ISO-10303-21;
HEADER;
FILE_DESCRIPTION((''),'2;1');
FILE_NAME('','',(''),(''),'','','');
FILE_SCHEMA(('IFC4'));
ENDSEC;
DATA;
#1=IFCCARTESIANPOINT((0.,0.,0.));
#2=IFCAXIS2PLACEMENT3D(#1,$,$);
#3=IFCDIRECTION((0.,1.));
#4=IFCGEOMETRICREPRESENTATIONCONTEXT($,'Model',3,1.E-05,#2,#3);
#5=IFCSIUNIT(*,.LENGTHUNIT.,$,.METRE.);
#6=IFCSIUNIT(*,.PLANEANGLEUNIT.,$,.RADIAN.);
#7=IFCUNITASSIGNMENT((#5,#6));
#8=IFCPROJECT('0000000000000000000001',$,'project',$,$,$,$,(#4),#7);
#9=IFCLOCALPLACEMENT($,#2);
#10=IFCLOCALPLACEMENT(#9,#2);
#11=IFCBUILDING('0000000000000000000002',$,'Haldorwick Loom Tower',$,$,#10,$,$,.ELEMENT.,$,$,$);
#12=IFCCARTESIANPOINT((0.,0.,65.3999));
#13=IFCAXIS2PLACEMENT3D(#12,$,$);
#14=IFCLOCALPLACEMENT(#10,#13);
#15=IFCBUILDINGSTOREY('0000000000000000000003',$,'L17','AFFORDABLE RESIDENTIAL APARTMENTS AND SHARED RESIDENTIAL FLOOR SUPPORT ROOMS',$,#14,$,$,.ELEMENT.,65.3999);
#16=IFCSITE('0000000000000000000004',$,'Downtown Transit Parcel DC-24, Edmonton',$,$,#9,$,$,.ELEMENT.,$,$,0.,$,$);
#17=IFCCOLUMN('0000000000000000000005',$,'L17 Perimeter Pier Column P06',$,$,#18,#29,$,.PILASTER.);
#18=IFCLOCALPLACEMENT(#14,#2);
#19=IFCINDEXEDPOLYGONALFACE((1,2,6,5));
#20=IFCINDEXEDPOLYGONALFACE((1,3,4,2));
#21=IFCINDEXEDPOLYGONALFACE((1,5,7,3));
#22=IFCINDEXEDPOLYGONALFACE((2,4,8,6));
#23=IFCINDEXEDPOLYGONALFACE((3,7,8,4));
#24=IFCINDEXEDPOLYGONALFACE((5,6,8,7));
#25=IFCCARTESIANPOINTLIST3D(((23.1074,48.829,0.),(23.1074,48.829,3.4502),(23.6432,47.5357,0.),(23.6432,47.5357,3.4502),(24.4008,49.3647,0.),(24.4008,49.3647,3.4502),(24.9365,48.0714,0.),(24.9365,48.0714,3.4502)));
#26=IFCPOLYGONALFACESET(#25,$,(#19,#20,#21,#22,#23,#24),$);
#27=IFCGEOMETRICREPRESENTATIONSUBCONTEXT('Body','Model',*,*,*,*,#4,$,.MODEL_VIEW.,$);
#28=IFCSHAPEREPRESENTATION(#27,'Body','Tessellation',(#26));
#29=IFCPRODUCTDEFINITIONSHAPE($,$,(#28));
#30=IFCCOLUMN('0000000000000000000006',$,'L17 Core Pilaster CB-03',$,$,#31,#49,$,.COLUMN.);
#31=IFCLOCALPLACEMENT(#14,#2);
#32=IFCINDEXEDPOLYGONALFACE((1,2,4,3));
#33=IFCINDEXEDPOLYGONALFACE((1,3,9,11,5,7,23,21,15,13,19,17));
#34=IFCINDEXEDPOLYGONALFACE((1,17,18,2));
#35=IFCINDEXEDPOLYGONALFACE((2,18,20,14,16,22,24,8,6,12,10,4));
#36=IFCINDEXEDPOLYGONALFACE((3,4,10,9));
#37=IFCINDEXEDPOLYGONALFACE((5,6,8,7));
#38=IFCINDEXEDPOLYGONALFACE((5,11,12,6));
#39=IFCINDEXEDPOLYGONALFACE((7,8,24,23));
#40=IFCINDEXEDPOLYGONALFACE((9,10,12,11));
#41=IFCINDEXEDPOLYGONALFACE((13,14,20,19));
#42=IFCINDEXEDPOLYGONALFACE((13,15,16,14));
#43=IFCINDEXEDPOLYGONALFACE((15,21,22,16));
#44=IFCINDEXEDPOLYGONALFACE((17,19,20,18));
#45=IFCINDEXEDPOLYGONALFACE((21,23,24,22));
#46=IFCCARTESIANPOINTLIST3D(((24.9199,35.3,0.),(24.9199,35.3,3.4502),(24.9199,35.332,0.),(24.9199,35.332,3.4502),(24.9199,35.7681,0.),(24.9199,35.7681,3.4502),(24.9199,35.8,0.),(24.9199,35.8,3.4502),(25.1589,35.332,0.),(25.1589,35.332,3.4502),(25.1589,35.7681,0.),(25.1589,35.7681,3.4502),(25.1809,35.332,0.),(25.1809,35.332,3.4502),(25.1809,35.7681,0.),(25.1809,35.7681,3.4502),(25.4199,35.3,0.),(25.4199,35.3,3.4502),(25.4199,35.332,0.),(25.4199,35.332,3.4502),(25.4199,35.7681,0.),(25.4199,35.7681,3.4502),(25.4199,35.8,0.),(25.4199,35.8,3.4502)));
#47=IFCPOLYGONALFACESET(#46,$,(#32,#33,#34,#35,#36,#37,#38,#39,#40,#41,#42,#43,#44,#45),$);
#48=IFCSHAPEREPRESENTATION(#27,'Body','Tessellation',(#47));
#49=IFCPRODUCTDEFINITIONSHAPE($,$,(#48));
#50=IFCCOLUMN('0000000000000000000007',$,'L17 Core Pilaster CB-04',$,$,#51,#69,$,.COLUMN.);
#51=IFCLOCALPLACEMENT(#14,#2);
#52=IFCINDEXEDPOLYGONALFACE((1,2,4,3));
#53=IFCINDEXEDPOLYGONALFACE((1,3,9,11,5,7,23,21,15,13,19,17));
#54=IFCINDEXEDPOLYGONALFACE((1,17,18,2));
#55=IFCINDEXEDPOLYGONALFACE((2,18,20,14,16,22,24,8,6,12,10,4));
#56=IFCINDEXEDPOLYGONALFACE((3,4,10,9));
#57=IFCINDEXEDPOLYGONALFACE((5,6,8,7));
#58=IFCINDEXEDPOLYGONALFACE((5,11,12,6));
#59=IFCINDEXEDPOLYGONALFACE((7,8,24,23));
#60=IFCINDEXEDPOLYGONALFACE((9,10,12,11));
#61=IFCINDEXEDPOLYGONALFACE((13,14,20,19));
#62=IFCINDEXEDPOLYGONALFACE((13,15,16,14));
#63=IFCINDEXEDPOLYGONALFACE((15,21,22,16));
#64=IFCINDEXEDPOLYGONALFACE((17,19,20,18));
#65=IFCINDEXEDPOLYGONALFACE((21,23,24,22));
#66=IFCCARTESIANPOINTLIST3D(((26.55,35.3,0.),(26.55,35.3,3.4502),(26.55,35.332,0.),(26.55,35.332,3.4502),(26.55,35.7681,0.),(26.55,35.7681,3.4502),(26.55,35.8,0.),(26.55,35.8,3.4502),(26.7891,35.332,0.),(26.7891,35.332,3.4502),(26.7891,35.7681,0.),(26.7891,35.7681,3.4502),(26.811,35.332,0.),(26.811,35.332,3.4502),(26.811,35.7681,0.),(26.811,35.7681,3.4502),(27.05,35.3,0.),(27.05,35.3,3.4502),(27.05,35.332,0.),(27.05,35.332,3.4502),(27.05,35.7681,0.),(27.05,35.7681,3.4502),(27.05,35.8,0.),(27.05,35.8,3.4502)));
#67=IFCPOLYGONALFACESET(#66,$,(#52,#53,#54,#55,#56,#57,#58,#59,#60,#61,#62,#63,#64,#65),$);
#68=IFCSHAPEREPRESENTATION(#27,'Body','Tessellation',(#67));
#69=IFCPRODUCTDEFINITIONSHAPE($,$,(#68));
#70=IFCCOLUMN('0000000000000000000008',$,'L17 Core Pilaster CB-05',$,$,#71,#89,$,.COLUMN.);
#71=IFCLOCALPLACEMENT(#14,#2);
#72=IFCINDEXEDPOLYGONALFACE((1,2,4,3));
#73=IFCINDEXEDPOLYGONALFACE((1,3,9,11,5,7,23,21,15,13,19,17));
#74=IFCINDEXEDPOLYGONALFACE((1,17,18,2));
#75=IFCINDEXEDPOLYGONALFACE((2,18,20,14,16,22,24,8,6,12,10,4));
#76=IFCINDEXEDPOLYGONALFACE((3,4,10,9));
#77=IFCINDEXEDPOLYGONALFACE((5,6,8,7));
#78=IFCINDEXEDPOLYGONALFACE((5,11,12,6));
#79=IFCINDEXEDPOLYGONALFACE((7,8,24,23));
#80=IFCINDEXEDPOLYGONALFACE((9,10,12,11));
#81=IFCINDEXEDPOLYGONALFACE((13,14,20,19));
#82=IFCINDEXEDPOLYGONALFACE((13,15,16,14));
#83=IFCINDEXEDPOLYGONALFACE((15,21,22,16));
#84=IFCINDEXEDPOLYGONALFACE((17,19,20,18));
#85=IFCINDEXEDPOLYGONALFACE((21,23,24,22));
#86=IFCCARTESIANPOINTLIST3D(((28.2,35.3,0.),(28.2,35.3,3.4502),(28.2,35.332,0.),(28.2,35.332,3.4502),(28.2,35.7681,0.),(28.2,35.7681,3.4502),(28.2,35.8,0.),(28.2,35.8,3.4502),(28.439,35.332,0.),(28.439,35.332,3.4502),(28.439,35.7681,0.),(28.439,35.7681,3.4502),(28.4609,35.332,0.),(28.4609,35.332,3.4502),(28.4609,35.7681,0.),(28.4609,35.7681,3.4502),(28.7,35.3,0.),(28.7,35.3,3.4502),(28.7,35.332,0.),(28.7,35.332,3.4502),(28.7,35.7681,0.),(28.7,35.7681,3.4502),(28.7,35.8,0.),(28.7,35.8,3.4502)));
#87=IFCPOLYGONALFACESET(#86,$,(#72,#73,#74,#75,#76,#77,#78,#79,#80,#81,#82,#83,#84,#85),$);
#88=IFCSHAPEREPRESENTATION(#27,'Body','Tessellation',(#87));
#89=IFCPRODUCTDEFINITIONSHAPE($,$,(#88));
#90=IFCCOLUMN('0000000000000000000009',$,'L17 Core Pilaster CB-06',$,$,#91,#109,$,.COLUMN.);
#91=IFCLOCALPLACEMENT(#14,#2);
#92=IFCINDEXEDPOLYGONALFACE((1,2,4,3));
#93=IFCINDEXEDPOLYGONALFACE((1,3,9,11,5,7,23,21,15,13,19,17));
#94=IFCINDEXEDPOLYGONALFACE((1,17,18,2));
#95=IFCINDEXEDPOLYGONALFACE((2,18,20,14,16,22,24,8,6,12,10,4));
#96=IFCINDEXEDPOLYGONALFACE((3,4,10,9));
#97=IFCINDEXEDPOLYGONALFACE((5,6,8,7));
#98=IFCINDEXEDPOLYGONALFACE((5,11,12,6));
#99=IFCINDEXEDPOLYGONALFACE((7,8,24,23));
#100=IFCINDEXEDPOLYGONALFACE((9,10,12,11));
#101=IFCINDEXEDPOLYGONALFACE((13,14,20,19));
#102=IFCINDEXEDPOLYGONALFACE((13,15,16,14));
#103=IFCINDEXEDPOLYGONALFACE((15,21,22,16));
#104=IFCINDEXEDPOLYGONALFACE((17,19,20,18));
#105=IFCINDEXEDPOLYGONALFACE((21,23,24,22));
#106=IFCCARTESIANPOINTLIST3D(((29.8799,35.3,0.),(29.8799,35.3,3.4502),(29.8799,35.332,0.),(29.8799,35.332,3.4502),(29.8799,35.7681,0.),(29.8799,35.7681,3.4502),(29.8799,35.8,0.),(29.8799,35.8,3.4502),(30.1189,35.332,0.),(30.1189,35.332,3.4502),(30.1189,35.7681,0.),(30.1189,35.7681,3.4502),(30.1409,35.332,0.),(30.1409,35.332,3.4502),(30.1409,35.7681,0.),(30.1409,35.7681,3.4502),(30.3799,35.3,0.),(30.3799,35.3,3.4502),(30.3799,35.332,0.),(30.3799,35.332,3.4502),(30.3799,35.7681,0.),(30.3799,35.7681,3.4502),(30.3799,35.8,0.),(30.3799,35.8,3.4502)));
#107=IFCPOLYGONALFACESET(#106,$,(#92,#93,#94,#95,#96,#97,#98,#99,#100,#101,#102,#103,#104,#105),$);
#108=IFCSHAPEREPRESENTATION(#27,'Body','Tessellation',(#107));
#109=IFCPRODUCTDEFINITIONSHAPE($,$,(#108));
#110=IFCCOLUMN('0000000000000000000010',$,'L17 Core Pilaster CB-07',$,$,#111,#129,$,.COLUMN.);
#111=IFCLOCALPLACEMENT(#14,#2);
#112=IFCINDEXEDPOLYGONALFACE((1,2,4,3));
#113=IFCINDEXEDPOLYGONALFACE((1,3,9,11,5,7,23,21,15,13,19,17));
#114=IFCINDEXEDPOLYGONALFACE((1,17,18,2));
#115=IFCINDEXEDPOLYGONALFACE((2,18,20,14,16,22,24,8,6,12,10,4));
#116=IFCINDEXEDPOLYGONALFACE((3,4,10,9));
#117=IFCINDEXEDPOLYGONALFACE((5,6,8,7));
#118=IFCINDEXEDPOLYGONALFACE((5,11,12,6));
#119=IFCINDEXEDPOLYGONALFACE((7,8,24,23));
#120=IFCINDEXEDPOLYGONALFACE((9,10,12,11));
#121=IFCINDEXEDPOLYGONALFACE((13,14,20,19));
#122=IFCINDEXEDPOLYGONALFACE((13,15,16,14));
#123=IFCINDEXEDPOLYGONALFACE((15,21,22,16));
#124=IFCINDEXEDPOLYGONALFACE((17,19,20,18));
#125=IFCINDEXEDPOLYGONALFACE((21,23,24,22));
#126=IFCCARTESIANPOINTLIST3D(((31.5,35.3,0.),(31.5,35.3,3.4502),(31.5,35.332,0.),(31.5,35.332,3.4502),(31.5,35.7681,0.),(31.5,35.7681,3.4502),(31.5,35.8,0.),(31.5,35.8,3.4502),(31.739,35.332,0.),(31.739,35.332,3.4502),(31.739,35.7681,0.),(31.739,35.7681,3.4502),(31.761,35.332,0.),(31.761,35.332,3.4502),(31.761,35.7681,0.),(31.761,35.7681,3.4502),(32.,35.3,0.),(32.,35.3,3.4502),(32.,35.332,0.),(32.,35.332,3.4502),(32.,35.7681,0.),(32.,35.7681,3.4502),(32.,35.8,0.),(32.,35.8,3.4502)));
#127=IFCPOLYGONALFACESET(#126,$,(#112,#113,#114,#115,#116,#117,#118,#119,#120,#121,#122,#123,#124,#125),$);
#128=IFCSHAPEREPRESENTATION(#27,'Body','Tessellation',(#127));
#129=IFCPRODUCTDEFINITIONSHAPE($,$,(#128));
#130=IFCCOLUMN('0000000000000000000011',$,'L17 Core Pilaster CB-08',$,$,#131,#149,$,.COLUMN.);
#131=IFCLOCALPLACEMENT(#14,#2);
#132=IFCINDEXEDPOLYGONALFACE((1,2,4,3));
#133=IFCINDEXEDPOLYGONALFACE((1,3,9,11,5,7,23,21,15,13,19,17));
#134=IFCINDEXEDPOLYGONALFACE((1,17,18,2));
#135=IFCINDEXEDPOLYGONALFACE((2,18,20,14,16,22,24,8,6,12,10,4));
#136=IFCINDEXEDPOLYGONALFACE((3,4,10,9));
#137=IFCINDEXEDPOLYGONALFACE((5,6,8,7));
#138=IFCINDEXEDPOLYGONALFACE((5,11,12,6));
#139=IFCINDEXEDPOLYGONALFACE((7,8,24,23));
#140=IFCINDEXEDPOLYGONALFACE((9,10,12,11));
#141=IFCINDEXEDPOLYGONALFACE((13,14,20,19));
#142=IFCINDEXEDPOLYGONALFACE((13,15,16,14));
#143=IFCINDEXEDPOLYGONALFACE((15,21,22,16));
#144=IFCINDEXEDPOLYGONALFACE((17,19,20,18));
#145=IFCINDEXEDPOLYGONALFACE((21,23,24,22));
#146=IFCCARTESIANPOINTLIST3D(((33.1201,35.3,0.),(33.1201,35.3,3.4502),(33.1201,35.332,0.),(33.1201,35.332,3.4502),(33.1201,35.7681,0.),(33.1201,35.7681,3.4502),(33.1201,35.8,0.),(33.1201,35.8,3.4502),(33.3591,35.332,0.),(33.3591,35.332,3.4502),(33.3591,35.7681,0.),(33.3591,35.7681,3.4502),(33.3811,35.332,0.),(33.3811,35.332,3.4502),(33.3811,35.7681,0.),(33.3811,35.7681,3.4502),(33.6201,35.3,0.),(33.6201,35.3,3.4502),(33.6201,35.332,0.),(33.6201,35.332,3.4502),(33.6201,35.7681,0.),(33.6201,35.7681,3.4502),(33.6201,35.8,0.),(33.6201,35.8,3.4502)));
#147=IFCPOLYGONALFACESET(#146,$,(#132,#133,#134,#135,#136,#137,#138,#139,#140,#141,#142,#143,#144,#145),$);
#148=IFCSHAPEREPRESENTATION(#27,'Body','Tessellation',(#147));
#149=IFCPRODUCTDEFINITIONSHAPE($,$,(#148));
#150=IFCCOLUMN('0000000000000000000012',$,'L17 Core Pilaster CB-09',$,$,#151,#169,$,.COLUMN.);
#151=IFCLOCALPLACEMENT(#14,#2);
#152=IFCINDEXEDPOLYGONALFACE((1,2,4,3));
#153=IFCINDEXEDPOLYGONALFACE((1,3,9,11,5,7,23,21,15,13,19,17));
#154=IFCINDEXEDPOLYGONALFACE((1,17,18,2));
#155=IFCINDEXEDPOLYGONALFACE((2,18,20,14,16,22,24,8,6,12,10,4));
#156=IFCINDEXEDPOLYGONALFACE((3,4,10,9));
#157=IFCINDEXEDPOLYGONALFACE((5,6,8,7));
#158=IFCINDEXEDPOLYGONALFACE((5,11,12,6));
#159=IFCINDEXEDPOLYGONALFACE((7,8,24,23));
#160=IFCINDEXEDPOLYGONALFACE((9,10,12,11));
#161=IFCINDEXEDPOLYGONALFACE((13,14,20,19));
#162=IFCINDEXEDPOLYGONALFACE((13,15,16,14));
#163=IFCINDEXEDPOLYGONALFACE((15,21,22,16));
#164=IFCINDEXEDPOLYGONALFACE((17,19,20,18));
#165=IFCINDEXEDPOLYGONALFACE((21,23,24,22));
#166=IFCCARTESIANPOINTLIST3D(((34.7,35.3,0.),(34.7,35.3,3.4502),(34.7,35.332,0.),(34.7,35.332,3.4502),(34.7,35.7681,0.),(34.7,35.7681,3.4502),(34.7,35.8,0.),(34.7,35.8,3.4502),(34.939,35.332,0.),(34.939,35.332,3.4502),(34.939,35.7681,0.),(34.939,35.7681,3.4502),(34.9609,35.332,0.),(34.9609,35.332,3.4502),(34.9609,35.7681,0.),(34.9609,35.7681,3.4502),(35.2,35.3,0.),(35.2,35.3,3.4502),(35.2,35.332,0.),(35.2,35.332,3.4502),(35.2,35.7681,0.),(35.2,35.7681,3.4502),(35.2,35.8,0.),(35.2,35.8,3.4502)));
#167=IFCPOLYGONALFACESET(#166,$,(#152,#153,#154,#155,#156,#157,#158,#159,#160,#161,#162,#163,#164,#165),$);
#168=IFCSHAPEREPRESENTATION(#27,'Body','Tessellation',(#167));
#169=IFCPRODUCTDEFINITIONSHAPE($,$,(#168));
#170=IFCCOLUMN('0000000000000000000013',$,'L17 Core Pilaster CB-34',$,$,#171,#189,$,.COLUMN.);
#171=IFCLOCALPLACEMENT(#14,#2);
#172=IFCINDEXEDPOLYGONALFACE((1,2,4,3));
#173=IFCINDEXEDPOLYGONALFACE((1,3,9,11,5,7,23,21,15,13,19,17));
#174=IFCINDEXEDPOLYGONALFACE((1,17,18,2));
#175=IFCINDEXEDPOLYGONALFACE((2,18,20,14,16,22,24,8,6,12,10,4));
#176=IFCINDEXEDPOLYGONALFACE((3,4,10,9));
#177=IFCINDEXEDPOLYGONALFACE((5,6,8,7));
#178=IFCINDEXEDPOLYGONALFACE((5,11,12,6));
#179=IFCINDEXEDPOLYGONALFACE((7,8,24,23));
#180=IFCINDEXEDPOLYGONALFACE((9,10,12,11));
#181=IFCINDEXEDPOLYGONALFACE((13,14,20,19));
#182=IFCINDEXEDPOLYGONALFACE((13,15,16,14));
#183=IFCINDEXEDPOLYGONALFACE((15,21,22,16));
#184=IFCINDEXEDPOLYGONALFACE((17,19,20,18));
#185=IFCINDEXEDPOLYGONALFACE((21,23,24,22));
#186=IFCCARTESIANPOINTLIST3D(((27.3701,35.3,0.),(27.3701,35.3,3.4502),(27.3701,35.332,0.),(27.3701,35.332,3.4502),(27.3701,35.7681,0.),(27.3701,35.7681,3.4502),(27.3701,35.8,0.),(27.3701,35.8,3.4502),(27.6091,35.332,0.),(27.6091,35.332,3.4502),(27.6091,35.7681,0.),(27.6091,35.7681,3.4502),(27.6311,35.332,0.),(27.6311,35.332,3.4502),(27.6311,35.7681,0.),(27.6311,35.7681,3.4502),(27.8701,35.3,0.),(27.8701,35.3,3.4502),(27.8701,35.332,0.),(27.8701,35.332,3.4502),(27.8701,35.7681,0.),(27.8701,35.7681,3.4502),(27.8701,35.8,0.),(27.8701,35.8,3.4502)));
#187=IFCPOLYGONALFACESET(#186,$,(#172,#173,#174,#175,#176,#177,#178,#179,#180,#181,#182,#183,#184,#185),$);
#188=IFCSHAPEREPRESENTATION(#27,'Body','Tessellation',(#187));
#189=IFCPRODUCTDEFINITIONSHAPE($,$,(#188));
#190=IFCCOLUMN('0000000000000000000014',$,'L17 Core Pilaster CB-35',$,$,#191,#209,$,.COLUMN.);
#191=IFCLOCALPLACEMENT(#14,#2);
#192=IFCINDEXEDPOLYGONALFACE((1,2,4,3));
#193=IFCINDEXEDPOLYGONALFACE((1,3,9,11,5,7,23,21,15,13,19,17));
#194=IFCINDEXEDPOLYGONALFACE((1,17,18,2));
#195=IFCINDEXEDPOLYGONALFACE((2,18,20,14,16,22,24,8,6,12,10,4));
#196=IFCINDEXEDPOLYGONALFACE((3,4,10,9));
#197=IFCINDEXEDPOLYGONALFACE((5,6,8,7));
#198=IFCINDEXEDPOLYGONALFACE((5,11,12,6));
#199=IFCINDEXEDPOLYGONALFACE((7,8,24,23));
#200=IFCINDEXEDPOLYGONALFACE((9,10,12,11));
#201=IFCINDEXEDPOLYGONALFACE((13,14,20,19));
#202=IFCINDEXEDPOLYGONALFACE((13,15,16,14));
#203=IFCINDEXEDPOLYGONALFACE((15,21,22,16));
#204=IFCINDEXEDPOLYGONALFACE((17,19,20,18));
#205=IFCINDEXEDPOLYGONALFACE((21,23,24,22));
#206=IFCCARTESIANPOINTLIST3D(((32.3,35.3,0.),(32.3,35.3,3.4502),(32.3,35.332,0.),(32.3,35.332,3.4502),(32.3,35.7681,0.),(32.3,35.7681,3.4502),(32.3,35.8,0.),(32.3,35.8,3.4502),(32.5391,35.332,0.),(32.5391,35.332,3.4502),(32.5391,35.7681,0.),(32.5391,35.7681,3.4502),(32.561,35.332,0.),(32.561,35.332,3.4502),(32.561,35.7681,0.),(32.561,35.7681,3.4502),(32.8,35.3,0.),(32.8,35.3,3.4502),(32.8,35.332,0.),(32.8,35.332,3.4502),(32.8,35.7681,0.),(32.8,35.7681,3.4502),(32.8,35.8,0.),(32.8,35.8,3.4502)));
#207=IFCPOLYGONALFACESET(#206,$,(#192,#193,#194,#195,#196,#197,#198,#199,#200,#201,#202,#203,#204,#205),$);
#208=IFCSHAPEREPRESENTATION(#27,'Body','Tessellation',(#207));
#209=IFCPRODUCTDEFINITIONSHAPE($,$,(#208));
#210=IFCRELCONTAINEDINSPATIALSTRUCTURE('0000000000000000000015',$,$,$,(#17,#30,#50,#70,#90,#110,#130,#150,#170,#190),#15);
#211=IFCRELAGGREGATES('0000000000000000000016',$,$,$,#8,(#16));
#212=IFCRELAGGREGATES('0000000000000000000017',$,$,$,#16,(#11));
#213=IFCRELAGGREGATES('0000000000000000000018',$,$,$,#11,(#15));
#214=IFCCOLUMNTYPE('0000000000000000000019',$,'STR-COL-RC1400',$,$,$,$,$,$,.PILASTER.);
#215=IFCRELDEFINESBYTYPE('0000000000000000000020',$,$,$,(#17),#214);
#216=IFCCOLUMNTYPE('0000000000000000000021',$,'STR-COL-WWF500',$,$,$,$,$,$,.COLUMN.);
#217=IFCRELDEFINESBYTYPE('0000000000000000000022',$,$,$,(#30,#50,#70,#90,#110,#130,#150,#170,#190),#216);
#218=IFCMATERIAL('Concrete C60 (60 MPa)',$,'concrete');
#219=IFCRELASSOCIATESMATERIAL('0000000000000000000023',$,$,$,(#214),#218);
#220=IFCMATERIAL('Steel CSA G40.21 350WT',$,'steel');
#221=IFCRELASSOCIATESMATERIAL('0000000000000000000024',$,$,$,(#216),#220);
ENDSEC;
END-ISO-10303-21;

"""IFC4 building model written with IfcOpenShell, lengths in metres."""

from ifc_helpers import new_model, si_unit, direction, frame, origin, origin_2d, place, context, subcontext, project, spatial, rectangle, i_section, extrude, material, material_profile, profile_set, type_object, element, save


model = new_model("IFC4")

# Units and contexts
model_context = context("Model", 3, precision=1e-05, world=origin(), true_north=direction((0.0, 1.0)))
body_context = subcontext(model_context, "Body", "Model", "MODEL_VIEW")
ifc_project = project(units=[si_unit("LENGTHUNIT", "METRE"), si_unit("PLANEANGLEUNIT", "RADIAN")], contexts=[model_context])

# Site, building, storey
site_placement = place(None, origin())
site = spatial("IfcSite", under=ifc_project, at=site_placement, Name="Downtown Transit Parcel DC-24, Edmonton", CompositionType="ELEMENT", RefElevation=0.0)
building_placement = place(site_placement, origin())
building = spatial("IfcBuilding", under=site, at=building_placement, Name="Haldorwick Loom Tower", CompositionType="ELEMENT")
storey_placement = place(building_placement, frame((0.0, 0.0, 65.3999)))
storey = spatial("IfcBuildingStorey", under=building, at=storey_placement, Name="L17", Description="AFFORDABLE RESIDENTIAL APARTMENTS AND SHARED RESIDENTIAL FLOOR SUPPORT ROOMS", CompositionType="ELEMENT", Elevation=65.3999)

# Columns
ifc_material_1 = material(Name="Concrete C60 (60 MPa)", Category="concrete")
ifc_material_profile_1 = material_profile(ifc_material_1, rectangle(XDim=1.3999, YDim=1.3999, at=origin_2d()), Name="RC1400X1400", Category="concrete")
ifc_profile_set_1 = profile_set([ifc_material_profile_1], Name="Concrete C60 (60 MPa)")
column_type_1 = type_object("IfcColumnType", Name="STR-COL-RC1400", PredefinedType="PILASTER", material=ifc_profile_set_1)
column_placement = place(storey_placement, frame((24.022, 48.4502, 0.0), z_axis=(0.0, 0.0, 1.0), x_axis=(-0.382683, 0.92388, 0.0)))
element("IfcColumn", 1, at=column_placement, inside=storey, type_object=column_type_1, Name="L17 Perimeter Pier Column P06", PredefinedType="PILASTER", context=body_context, shape_type="SweptSolid", body=[
    extrude(rectangle(XDim=1.3999, YDim=1.3999, at=origin_2d()), origin(), (0.0, 0.0, 1.0), 3.4502),
])
ifc_material_2 = material(Name="Steel CSA G40.21 350WT", Category="steel")
ifc_material_profile_2 = material_profile(ifc_material_2, i_section(OverallWidth=0.5, OverallDepth=0.5, WebThickness=0.022, FlangeThickness=0.032, at=origin_2d()), Name="WWF500X500", Category="steel")
ifc_profile_set_2 = profile_set([ifc_material_profile_2], Name="Steel CSA G40.21 350WT")
column_type_2 = type_object("IfcColumnType", Name="STR-COL-WWF500", PredefinedType="COLUMN", material=ifc_profile_set_2)
for number, where, z_axis, x_axis, name in (
    (2, (25.1699, 35.55, 0.0), (0.0, 0.0, 1.0), (1.0, 0.0, 0.0), "L17 Core Pilaster CB-03"),
    (3, (26.8, 35.55, 0.0), (0.0, 0.0, 1.0), (1.0, 0.0, 0.0), "L17 Core Pilaster CB-04"),
    (4, (28.45, 35.55, 0.0), (0.0, 0.0, 1.0), (1.0, 0.0, 0.0), "L17 Core Pilaster CB-05"),
    (5, (30.1299, 35.55, 0.0), (0.0, 0.0, 1.0), (1.0, 0.0, 0.0), "L17 Core Pilaster CB-06"),
    (6, (31.75, 35.55, 0.0), (0.0, 0.0, 1.0), (1.0, 0.0, 0.0), "L17 Core Pilaster CB-07"),
    (7, (33.3701, 35.55, 0.0), (0.0, 0.0, 1.0), (1.0, 0.0, 0.0), "L17 Core Pilaster CB-08"),
    (8, (34.95, 35.55, 0.0), (0.0, 0.0, 1.0), (1.0, 0.0, 0.0), "L17 Core Pilaster CB-09"),
    (9, (27.6201, 35.55, 0.0), (0.0, 0.0, 1.0), (1.0, 0.0, 0.0), "L17 Core Pilaster CB-34"),
    (10, (32.55, 35.55, 0.0), (0.0, 0.0, 1.0), (1.0, 0.0, 0.0), "L17 Core Pilaster CB-35"),
):
    element("IfcColumn", number, at=place(storey_placement, frame(where, z_axis=z_axis, x_axis=x_axis)), inside=storey, type_object=column_type_2, Name=name, PredefinedType="COLUMN", context=body_context, shape_type="SweptSolid", body=[
        extrude(i_section(OverallWidth=0.5, OverallDepth=0.5, WebThickness=0.022, FlangeThickness=0.032, at=origin_2d()), origin(), (0.0, 0.0, 1.0), 3.4502),
    ])

save(model, "model.ifc")
